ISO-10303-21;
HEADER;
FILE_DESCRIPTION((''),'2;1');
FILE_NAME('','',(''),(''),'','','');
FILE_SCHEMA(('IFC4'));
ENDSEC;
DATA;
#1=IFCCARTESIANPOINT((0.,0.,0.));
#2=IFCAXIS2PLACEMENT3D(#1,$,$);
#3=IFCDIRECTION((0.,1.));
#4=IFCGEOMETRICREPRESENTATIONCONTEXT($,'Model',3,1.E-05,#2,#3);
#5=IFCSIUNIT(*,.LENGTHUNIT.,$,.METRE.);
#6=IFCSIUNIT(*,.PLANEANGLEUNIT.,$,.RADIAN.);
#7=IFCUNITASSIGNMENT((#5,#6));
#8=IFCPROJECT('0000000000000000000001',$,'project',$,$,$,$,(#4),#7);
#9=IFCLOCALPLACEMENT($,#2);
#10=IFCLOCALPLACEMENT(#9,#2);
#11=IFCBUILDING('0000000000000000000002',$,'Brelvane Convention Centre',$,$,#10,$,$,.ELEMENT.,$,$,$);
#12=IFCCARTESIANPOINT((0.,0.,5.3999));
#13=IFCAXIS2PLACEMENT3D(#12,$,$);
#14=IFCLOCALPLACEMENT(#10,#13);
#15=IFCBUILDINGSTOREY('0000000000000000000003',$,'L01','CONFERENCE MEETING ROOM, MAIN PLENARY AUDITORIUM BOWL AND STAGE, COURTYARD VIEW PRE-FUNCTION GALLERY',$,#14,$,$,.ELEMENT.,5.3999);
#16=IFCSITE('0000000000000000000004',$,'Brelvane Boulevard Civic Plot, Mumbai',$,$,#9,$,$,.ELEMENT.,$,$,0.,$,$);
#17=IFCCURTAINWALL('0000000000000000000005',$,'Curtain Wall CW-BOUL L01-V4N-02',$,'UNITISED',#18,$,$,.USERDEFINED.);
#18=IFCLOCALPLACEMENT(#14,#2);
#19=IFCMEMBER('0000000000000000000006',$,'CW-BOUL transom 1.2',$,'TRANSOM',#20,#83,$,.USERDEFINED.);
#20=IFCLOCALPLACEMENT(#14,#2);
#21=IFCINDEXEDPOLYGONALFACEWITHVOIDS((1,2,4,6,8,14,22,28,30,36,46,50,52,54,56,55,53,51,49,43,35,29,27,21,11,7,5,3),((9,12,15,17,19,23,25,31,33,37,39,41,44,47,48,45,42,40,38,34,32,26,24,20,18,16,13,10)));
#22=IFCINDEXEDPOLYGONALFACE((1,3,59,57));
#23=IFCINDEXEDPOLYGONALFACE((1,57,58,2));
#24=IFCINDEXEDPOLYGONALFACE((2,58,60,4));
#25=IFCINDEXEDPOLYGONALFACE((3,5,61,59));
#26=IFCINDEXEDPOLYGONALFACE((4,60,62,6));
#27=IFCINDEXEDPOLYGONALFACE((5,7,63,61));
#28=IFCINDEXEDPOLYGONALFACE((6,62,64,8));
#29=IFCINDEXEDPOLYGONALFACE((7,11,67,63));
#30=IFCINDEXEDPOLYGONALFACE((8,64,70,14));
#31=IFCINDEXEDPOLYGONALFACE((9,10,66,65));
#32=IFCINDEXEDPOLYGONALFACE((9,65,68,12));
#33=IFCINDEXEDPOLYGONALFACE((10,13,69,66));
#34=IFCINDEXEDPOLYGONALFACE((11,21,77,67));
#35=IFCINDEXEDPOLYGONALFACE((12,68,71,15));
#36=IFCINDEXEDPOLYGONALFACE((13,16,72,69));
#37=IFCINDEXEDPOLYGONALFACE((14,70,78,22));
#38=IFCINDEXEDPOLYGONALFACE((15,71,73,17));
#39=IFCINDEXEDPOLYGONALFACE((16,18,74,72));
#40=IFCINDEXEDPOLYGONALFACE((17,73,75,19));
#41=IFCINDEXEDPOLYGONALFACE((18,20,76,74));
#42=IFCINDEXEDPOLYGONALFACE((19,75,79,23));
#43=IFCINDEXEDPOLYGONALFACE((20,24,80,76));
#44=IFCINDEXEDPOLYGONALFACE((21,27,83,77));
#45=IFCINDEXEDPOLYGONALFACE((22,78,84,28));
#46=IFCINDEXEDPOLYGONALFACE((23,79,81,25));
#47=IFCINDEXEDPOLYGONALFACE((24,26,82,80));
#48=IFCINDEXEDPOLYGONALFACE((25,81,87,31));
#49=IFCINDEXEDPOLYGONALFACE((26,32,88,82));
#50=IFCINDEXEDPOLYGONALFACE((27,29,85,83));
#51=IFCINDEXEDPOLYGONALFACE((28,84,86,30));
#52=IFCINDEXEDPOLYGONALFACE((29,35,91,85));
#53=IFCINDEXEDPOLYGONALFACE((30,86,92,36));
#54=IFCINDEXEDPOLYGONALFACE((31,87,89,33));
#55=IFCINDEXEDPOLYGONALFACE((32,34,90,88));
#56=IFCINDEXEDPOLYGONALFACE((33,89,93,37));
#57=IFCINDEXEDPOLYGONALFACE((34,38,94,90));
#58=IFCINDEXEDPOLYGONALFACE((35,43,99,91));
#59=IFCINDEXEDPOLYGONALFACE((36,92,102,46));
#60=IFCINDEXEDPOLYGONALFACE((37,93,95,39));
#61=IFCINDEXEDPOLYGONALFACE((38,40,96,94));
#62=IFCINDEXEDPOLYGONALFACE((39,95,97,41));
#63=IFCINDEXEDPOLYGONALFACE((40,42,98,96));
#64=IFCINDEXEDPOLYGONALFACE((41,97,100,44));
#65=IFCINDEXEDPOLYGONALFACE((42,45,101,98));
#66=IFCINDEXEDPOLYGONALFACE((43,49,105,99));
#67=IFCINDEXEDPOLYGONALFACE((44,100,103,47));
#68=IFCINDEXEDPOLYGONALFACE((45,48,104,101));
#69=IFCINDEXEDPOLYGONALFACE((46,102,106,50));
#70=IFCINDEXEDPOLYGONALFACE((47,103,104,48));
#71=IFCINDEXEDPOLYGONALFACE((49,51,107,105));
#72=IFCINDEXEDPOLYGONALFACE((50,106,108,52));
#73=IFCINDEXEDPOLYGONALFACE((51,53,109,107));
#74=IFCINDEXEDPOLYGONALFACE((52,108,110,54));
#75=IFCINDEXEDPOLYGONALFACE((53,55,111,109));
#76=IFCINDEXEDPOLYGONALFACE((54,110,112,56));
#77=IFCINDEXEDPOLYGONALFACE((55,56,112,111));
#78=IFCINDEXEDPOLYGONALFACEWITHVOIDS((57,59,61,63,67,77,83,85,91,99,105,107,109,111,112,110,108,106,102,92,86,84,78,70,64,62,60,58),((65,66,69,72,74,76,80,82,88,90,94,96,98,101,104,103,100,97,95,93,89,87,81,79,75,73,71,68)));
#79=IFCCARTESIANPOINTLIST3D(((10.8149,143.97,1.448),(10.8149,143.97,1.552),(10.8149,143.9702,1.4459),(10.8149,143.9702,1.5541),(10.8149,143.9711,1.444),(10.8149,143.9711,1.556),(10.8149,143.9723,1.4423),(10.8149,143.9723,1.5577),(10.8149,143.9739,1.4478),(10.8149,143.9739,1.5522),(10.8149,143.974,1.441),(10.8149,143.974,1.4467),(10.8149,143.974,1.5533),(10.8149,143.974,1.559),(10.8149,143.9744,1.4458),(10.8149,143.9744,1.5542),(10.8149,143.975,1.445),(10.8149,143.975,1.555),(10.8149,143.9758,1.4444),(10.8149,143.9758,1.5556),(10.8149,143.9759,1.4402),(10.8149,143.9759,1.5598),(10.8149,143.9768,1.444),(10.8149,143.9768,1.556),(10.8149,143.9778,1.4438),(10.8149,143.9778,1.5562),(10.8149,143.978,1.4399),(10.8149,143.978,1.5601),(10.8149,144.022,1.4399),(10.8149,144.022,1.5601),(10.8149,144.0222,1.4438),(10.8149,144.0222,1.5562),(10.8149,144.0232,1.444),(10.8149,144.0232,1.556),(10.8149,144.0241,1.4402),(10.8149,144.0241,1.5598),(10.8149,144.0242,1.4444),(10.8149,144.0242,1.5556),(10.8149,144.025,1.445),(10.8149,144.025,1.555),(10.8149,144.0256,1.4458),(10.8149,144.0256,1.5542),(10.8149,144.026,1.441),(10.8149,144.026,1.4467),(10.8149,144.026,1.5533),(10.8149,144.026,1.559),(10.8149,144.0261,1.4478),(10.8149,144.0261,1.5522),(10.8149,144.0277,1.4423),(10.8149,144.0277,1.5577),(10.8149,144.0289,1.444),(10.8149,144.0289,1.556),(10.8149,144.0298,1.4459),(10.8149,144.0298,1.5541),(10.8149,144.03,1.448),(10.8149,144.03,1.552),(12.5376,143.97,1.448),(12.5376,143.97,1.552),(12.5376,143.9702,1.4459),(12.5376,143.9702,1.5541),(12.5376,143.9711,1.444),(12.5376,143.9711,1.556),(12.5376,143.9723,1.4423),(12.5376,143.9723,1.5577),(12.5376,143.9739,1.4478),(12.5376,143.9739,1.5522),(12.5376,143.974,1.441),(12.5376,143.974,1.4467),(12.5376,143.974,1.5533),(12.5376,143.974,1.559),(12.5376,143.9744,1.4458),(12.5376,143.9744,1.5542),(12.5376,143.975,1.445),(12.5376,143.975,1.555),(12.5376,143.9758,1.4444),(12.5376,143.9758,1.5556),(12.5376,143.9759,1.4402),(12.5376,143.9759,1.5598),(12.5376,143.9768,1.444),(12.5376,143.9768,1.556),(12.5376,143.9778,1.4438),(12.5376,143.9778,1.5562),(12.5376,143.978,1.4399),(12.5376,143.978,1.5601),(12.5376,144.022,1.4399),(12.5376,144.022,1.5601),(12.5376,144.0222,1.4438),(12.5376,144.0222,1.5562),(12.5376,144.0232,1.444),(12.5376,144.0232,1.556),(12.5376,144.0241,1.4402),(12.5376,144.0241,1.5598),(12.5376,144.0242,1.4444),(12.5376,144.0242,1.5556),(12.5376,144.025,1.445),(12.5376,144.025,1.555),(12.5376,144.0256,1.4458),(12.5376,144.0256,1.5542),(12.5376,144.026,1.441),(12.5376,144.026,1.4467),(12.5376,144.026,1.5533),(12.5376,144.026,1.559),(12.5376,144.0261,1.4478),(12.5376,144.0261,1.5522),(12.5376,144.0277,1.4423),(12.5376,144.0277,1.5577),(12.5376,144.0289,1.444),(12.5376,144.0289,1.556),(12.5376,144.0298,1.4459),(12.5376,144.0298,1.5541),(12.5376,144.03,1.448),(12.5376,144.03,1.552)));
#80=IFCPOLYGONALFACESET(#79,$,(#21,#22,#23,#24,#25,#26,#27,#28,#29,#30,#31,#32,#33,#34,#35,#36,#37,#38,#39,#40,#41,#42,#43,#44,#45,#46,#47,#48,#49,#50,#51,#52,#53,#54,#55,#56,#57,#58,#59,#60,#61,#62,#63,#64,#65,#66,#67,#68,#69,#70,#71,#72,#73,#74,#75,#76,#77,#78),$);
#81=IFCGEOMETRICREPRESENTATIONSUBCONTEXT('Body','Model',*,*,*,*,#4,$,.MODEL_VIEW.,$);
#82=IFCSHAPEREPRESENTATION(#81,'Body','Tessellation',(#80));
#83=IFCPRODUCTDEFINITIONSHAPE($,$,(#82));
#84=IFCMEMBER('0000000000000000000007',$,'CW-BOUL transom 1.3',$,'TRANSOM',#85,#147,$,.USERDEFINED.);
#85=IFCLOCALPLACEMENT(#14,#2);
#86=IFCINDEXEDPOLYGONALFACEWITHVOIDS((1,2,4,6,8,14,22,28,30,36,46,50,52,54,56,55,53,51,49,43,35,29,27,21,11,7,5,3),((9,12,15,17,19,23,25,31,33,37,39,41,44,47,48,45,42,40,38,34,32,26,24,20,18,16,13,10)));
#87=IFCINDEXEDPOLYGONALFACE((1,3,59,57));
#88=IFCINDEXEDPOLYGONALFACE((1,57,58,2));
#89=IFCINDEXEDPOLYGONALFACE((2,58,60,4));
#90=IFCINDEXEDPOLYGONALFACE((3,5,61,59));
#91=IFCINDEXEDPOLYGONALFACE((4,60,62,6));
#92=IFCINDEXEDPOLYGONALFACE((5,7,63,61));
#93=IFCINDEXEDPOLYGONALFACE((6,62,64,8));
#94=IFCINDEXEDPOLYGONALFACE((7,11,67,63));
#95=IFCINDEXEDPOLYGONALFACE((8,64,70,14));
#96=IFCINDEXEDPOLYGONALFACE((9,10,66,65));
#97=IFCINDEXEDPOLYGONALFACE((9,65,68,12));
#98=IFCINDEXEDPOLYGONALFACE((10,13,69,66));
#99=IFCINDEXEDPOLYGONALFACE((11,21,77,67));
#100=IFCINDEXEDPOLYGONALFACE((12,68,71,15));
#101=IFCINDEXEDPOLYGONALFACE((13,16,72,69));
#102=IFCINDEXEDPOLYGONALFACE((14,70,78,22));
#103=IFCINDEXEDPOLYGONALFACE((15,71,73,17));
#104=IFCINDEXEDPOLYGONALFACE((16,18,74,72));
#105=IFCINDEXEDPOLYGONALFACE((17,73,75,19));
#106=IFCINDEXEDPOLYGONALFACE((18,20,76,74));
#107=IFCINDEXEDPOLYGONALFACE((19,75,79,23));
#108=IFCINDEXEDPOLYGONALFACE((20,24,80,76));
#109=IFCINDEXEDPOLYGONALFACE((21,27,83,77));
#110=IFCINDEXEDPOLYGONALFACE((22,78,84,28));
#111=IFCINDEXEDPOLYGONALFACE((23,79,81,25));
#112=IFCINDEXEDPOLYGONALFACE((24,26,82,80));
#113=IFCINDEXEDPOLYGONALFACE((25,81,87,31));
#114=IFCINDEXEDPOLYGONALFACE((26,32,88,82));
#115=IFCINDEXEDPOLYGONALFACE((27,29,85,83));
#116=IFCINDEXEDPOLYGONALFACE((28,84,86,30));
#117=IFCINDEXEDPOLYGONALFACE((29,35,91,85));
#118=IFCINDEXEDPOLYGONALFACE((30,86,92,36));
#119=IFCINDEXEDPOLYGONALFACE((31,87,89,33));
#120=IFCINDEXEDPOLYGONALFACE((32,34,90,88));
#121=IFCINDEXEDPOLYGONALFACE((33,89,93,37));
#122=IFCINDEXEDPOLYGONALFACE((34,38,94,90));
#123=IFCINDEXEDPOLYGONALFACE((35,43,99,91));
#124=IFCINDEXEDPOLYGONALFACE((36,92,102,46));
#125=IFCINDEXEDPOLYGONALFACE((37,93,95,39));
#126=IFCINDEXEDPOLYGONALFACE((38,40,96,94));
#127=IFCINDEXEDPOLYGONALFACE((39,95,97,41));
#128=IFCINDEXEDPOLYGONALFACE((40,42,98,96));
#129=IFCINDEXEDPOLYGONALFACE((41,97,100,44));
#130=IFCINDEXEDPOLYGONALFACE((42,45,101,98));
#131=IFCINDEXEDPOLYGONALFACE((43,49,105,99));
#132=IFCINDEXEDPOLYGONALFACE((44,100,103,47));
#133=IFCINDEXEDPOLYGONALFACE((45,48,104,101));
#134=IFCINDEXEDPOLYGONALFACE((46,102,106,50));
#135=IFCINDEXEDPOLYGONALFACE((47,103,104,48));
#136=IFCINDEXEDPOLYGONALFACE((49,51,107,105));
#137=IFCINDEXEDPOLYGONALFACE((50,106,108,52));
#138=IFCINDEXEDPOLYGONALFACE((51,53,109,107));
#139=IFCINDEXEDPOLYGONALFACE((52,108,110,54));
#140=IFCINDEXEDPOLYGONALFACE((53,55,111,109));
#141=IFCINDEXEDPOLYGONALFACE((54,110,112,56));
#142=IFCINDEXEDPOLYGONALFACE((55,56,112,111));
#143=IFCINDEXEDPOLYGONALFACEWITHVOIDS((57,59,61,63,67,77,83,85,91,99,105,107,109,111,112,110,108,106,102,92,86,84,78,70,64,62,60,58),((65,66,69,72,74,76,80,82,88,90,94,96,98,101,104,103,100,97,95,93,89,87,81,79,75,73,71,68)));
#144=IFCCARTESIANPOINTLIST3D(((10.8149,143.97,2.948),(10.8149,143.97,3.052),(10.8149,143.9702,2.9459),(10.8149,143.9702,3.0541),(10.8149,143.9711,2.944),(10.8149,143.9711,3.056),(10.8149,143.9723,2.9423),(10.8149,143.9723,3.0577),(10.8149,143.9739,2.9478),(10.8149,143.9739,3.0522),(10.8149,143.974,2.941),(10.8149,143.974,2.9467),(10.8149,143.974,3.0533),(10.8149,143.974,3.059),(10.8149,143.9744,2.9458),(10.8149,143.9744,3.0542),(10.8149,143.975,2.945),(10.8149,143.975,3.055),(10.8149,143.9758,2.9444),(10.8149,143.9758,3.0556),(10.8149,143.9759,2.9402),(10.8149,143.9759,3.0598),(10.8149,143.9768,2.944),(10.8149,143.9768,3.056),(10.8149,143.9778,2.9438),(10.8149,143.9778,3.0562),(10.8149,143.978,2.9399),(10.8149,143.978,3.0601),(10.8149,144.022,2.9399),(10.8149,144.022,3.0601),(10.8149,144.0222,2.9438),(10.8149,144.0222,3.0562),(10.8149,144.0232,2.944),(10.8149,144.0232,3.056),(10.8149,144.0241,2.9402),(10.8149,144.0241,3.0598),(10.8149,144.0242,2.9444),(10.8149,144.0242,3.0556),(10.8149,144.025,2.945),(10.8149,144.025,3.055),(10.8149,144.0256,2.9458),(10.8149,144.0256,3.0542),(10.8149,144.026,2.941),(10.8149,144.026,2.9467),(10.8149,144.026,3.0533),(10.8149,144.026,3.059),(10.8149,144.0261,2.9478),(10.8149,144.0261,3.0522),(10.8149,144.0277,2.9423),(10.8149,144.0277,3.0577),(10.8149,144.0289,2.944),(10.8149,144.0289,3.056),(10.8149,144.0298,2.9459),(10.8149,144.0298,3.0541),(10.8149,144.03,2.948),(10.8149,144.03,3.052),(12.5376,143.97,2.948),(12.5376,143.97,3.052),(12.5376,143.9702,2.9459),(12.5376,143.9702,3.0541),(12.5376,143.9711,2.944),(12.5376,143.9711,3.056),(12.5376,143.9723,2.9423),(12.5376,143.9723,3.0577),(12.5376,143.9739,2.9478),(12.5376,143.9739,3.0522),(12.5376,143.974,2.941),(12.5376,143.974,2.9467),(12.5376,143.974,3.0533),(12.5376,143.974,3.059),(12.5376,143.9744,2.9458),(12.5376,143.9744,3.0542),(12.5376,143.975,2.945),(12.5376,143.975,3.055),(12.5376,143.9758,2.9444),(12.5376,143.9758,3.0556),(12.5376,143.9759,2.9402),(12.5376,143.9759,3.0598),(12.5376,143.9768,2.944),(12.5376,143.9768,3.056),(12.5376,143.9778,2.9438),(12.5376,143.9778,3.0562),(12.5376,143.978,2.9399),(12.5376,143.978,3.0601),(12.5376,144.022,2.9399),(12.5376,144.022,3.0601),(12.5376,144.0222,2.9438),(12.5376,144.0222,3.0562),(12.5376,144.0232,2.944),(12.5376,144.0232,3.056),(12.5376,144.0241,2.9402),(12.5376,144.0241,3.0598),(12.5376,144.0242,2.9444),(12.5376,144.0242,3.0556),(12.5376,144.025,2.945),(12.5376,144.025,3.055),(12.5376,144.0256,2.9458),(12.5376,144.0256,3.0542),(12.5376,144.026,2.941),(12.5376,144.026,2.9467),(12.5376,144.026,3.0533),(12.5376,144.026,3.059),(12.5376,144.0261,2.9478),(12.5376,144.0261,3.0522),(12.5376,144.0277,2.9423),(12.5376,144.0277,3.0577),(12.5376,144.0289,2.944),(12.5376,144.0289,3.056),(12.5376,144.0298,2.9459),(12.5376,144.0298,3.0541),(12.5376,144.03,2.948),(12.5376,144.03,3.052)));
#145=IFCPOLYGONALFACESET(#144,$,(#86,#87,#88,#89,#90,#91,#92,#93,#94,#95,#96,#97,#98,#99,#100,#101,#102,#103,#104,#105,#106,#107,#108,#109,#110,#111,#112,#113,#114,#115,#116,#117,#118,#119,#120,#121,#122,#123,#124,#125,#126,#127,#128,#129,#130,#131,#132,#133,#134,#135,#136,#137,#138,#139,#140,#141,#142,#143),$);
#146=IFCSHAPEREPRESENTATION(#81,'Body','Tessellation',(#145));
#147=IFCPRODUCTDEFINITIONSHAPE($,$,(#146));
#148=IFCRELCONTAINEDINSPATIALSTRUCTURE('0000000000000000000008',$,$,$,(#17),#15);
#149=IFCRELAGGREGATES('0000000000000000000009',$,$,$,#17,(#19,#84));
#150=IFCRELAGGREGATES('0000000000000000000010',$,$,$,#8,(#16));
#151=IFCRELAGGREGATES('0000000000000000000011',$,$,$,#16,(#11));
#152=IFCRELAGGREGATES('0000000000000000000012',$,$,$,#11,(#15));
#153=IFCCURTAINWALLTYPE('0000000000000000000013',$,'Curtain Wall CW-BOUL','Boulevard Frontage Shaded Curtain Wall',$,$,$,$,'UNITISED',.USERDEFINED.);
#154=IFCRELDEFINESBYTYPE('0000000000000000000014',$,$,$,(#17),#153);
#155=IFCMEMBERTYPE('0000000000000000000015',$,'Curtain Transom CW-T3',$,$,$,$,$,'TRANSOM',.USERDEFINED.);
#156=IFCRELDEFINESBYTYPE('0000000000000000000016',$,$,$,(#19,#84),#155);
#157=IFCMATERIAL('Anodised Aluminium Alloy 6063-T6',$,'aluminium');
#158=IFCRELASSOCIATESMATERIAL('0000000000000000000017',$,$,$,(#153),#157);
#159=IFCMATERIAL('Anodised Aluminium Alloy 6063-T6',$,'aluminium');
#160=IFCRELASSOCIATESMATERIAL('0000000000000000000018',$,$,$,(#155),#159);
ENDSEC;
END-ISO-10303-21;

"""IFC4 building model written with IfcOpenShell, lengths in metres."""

from ifc_helpers import new_model, si_unit, direction, frame, origin, origin_2d, place, context, subcontext, project, spatial, hollow_rectangle, extrude, material, material_profile, profile_set, type_object, element, aggregate, save


model = new_model("IFC4")

# Units and contexts
model_context = context("Model", 3, precision=1e-05, world=origin(), true_north=direction((0.0, 1.0)))
body_context = subcontext(model_context, "Body", "Model", "MODEL_VIEW")
ifc_project = project(units=[si_unit("LENGTHUNIT", "METRE"), si_unit("PLANEANGLEUNIT", "RADIAN")], contexts=[model_context])

# Site, building, storey
site_placement = place(None, origin())
site = spatial("IfcSite", under=ifc_project, at=site_placement, Name="Brelvane Boulevard Civic Plot, Mumbai", CompositionType="ELEMENT", RefElevation=0.0)
building_placement = place(site_placement, origin())
building = spatial("IfcBuilding", under=site, at=building_placement, Name="Brelvane Convention Centre", CompositionType="ELEMENT")
storey_placement = place(building_placement, frame((0.0, 0.0, 5.3999)))
storey = spatial("IfcBuildingStorey", under=building, at=storey_placement, Name="L01", Description="CONFERENCE MEETING ROOM, MAIN PLENARY AUDITORIUM BOWL AND STAGE, COURTYARD VIEW PRE-FUNCTION GALLERY", CompositionType="ELEMENT", Elevation=5.3999)

# Curtain wall, members
ifc_material_1 = material(Name="Anodised Aluminium Alloy 6063-T6", Category="aluminium")
curtain_wall_type = type_object("IfcCurtainWallType", Name="Curtain Wall CW-BOUL", Description="Boulevard Frontage Shaded Curtain Wall", ElementType="UNITISED", PredefinedType="USERDEFINED", material=ifc_material_1)
curtain_wall_placement = place(storey_placement, origin())
curtain_wall = element("IfcCurtainWall", 1, at=curtain_wall_placement, inside=storey, type_object=curtain_wall_type, Name="Curtain Wall CW-BOUL L01-V4N-02", ObjectType="UNITISED", PredefinedType="USERDEFINED")
ifc_material_2 = material(Name="Anodised Aluminium Alloy 6063-T6", Category="aluminium")
ifc_material_profile_1 = material_profile(ifc_material_2, hollow_rectangle(XDim=0.0601, YDim=0.1201, WallThickness=0.0039, InnerFilletRadius=0.0039, OuterFilletRadius=0.0081, at=origin_2d()), Name="ALU-T 120x60x4.0")
ifc_profile_set_1 = profile_set([ifc_material_profile_1], Name="Anodised Aluminium Alloy 6063-T6")
member_type_1 = type_object("IfcMemberType", Name="Curtain Transom CW-T3", ElementType="TRANSOM", PredefinedType="USERDEFINED", material=ifc_profile_set_1)
member_1_placement = place(storey_placement, frame((10.8149, 144.0, 1.5), z_axis=(1.0, 0.0, 0.0), x_axis=(0.0, 1.0, 0.0)))
member_1 = element("IfcMember", 2, at=member_1_placement, type_object=member_type_1, Name="CW-BOUL transom 1.2", ObjectType="TRANSOM", PredefinedType="USERDEFINED", context=body_context, shape_type="SweptSolid", body=[
    extrude(hollow_rectangle(XDim=0.0601, YDim=0.1201, WallThickness=0.0039, InnerFilletRadius=0.0039, OuterFilletRadius=0.0081, at=origin_2d()), origin(), (0.0, 0.0, 1.0), 1.7227),
])
member_2_placement = place(storey_placement, frame((10.8149, 144.0, 3.0), z_axis=(1.0, 0.0, 0.0), x_axis=(0.0, 1.0, 0.0)))
member_2 = element("IfcMember", 3, at=member_2_placement, type_object=member_type_1, Name="CW-BOUL transom 1.3", ObjectType="TRANSOM", PredefinedType="USERDEFINED", context=body_context, shape_type="SweptSolid", body=[
    extrude(hollow_rectangle(XDim=0.0601, YDim=0.1201, WallThickness=0.0039, InnerFilletRadius=0.0039, OuterFilletRadius=0.0081, at=origin_2d()), origin(), (0.0, 0.0, 1.0), 1.7227),
])

aggregate(curtain_wall, [member_1, member_2])

save(model, "model.ifc")
